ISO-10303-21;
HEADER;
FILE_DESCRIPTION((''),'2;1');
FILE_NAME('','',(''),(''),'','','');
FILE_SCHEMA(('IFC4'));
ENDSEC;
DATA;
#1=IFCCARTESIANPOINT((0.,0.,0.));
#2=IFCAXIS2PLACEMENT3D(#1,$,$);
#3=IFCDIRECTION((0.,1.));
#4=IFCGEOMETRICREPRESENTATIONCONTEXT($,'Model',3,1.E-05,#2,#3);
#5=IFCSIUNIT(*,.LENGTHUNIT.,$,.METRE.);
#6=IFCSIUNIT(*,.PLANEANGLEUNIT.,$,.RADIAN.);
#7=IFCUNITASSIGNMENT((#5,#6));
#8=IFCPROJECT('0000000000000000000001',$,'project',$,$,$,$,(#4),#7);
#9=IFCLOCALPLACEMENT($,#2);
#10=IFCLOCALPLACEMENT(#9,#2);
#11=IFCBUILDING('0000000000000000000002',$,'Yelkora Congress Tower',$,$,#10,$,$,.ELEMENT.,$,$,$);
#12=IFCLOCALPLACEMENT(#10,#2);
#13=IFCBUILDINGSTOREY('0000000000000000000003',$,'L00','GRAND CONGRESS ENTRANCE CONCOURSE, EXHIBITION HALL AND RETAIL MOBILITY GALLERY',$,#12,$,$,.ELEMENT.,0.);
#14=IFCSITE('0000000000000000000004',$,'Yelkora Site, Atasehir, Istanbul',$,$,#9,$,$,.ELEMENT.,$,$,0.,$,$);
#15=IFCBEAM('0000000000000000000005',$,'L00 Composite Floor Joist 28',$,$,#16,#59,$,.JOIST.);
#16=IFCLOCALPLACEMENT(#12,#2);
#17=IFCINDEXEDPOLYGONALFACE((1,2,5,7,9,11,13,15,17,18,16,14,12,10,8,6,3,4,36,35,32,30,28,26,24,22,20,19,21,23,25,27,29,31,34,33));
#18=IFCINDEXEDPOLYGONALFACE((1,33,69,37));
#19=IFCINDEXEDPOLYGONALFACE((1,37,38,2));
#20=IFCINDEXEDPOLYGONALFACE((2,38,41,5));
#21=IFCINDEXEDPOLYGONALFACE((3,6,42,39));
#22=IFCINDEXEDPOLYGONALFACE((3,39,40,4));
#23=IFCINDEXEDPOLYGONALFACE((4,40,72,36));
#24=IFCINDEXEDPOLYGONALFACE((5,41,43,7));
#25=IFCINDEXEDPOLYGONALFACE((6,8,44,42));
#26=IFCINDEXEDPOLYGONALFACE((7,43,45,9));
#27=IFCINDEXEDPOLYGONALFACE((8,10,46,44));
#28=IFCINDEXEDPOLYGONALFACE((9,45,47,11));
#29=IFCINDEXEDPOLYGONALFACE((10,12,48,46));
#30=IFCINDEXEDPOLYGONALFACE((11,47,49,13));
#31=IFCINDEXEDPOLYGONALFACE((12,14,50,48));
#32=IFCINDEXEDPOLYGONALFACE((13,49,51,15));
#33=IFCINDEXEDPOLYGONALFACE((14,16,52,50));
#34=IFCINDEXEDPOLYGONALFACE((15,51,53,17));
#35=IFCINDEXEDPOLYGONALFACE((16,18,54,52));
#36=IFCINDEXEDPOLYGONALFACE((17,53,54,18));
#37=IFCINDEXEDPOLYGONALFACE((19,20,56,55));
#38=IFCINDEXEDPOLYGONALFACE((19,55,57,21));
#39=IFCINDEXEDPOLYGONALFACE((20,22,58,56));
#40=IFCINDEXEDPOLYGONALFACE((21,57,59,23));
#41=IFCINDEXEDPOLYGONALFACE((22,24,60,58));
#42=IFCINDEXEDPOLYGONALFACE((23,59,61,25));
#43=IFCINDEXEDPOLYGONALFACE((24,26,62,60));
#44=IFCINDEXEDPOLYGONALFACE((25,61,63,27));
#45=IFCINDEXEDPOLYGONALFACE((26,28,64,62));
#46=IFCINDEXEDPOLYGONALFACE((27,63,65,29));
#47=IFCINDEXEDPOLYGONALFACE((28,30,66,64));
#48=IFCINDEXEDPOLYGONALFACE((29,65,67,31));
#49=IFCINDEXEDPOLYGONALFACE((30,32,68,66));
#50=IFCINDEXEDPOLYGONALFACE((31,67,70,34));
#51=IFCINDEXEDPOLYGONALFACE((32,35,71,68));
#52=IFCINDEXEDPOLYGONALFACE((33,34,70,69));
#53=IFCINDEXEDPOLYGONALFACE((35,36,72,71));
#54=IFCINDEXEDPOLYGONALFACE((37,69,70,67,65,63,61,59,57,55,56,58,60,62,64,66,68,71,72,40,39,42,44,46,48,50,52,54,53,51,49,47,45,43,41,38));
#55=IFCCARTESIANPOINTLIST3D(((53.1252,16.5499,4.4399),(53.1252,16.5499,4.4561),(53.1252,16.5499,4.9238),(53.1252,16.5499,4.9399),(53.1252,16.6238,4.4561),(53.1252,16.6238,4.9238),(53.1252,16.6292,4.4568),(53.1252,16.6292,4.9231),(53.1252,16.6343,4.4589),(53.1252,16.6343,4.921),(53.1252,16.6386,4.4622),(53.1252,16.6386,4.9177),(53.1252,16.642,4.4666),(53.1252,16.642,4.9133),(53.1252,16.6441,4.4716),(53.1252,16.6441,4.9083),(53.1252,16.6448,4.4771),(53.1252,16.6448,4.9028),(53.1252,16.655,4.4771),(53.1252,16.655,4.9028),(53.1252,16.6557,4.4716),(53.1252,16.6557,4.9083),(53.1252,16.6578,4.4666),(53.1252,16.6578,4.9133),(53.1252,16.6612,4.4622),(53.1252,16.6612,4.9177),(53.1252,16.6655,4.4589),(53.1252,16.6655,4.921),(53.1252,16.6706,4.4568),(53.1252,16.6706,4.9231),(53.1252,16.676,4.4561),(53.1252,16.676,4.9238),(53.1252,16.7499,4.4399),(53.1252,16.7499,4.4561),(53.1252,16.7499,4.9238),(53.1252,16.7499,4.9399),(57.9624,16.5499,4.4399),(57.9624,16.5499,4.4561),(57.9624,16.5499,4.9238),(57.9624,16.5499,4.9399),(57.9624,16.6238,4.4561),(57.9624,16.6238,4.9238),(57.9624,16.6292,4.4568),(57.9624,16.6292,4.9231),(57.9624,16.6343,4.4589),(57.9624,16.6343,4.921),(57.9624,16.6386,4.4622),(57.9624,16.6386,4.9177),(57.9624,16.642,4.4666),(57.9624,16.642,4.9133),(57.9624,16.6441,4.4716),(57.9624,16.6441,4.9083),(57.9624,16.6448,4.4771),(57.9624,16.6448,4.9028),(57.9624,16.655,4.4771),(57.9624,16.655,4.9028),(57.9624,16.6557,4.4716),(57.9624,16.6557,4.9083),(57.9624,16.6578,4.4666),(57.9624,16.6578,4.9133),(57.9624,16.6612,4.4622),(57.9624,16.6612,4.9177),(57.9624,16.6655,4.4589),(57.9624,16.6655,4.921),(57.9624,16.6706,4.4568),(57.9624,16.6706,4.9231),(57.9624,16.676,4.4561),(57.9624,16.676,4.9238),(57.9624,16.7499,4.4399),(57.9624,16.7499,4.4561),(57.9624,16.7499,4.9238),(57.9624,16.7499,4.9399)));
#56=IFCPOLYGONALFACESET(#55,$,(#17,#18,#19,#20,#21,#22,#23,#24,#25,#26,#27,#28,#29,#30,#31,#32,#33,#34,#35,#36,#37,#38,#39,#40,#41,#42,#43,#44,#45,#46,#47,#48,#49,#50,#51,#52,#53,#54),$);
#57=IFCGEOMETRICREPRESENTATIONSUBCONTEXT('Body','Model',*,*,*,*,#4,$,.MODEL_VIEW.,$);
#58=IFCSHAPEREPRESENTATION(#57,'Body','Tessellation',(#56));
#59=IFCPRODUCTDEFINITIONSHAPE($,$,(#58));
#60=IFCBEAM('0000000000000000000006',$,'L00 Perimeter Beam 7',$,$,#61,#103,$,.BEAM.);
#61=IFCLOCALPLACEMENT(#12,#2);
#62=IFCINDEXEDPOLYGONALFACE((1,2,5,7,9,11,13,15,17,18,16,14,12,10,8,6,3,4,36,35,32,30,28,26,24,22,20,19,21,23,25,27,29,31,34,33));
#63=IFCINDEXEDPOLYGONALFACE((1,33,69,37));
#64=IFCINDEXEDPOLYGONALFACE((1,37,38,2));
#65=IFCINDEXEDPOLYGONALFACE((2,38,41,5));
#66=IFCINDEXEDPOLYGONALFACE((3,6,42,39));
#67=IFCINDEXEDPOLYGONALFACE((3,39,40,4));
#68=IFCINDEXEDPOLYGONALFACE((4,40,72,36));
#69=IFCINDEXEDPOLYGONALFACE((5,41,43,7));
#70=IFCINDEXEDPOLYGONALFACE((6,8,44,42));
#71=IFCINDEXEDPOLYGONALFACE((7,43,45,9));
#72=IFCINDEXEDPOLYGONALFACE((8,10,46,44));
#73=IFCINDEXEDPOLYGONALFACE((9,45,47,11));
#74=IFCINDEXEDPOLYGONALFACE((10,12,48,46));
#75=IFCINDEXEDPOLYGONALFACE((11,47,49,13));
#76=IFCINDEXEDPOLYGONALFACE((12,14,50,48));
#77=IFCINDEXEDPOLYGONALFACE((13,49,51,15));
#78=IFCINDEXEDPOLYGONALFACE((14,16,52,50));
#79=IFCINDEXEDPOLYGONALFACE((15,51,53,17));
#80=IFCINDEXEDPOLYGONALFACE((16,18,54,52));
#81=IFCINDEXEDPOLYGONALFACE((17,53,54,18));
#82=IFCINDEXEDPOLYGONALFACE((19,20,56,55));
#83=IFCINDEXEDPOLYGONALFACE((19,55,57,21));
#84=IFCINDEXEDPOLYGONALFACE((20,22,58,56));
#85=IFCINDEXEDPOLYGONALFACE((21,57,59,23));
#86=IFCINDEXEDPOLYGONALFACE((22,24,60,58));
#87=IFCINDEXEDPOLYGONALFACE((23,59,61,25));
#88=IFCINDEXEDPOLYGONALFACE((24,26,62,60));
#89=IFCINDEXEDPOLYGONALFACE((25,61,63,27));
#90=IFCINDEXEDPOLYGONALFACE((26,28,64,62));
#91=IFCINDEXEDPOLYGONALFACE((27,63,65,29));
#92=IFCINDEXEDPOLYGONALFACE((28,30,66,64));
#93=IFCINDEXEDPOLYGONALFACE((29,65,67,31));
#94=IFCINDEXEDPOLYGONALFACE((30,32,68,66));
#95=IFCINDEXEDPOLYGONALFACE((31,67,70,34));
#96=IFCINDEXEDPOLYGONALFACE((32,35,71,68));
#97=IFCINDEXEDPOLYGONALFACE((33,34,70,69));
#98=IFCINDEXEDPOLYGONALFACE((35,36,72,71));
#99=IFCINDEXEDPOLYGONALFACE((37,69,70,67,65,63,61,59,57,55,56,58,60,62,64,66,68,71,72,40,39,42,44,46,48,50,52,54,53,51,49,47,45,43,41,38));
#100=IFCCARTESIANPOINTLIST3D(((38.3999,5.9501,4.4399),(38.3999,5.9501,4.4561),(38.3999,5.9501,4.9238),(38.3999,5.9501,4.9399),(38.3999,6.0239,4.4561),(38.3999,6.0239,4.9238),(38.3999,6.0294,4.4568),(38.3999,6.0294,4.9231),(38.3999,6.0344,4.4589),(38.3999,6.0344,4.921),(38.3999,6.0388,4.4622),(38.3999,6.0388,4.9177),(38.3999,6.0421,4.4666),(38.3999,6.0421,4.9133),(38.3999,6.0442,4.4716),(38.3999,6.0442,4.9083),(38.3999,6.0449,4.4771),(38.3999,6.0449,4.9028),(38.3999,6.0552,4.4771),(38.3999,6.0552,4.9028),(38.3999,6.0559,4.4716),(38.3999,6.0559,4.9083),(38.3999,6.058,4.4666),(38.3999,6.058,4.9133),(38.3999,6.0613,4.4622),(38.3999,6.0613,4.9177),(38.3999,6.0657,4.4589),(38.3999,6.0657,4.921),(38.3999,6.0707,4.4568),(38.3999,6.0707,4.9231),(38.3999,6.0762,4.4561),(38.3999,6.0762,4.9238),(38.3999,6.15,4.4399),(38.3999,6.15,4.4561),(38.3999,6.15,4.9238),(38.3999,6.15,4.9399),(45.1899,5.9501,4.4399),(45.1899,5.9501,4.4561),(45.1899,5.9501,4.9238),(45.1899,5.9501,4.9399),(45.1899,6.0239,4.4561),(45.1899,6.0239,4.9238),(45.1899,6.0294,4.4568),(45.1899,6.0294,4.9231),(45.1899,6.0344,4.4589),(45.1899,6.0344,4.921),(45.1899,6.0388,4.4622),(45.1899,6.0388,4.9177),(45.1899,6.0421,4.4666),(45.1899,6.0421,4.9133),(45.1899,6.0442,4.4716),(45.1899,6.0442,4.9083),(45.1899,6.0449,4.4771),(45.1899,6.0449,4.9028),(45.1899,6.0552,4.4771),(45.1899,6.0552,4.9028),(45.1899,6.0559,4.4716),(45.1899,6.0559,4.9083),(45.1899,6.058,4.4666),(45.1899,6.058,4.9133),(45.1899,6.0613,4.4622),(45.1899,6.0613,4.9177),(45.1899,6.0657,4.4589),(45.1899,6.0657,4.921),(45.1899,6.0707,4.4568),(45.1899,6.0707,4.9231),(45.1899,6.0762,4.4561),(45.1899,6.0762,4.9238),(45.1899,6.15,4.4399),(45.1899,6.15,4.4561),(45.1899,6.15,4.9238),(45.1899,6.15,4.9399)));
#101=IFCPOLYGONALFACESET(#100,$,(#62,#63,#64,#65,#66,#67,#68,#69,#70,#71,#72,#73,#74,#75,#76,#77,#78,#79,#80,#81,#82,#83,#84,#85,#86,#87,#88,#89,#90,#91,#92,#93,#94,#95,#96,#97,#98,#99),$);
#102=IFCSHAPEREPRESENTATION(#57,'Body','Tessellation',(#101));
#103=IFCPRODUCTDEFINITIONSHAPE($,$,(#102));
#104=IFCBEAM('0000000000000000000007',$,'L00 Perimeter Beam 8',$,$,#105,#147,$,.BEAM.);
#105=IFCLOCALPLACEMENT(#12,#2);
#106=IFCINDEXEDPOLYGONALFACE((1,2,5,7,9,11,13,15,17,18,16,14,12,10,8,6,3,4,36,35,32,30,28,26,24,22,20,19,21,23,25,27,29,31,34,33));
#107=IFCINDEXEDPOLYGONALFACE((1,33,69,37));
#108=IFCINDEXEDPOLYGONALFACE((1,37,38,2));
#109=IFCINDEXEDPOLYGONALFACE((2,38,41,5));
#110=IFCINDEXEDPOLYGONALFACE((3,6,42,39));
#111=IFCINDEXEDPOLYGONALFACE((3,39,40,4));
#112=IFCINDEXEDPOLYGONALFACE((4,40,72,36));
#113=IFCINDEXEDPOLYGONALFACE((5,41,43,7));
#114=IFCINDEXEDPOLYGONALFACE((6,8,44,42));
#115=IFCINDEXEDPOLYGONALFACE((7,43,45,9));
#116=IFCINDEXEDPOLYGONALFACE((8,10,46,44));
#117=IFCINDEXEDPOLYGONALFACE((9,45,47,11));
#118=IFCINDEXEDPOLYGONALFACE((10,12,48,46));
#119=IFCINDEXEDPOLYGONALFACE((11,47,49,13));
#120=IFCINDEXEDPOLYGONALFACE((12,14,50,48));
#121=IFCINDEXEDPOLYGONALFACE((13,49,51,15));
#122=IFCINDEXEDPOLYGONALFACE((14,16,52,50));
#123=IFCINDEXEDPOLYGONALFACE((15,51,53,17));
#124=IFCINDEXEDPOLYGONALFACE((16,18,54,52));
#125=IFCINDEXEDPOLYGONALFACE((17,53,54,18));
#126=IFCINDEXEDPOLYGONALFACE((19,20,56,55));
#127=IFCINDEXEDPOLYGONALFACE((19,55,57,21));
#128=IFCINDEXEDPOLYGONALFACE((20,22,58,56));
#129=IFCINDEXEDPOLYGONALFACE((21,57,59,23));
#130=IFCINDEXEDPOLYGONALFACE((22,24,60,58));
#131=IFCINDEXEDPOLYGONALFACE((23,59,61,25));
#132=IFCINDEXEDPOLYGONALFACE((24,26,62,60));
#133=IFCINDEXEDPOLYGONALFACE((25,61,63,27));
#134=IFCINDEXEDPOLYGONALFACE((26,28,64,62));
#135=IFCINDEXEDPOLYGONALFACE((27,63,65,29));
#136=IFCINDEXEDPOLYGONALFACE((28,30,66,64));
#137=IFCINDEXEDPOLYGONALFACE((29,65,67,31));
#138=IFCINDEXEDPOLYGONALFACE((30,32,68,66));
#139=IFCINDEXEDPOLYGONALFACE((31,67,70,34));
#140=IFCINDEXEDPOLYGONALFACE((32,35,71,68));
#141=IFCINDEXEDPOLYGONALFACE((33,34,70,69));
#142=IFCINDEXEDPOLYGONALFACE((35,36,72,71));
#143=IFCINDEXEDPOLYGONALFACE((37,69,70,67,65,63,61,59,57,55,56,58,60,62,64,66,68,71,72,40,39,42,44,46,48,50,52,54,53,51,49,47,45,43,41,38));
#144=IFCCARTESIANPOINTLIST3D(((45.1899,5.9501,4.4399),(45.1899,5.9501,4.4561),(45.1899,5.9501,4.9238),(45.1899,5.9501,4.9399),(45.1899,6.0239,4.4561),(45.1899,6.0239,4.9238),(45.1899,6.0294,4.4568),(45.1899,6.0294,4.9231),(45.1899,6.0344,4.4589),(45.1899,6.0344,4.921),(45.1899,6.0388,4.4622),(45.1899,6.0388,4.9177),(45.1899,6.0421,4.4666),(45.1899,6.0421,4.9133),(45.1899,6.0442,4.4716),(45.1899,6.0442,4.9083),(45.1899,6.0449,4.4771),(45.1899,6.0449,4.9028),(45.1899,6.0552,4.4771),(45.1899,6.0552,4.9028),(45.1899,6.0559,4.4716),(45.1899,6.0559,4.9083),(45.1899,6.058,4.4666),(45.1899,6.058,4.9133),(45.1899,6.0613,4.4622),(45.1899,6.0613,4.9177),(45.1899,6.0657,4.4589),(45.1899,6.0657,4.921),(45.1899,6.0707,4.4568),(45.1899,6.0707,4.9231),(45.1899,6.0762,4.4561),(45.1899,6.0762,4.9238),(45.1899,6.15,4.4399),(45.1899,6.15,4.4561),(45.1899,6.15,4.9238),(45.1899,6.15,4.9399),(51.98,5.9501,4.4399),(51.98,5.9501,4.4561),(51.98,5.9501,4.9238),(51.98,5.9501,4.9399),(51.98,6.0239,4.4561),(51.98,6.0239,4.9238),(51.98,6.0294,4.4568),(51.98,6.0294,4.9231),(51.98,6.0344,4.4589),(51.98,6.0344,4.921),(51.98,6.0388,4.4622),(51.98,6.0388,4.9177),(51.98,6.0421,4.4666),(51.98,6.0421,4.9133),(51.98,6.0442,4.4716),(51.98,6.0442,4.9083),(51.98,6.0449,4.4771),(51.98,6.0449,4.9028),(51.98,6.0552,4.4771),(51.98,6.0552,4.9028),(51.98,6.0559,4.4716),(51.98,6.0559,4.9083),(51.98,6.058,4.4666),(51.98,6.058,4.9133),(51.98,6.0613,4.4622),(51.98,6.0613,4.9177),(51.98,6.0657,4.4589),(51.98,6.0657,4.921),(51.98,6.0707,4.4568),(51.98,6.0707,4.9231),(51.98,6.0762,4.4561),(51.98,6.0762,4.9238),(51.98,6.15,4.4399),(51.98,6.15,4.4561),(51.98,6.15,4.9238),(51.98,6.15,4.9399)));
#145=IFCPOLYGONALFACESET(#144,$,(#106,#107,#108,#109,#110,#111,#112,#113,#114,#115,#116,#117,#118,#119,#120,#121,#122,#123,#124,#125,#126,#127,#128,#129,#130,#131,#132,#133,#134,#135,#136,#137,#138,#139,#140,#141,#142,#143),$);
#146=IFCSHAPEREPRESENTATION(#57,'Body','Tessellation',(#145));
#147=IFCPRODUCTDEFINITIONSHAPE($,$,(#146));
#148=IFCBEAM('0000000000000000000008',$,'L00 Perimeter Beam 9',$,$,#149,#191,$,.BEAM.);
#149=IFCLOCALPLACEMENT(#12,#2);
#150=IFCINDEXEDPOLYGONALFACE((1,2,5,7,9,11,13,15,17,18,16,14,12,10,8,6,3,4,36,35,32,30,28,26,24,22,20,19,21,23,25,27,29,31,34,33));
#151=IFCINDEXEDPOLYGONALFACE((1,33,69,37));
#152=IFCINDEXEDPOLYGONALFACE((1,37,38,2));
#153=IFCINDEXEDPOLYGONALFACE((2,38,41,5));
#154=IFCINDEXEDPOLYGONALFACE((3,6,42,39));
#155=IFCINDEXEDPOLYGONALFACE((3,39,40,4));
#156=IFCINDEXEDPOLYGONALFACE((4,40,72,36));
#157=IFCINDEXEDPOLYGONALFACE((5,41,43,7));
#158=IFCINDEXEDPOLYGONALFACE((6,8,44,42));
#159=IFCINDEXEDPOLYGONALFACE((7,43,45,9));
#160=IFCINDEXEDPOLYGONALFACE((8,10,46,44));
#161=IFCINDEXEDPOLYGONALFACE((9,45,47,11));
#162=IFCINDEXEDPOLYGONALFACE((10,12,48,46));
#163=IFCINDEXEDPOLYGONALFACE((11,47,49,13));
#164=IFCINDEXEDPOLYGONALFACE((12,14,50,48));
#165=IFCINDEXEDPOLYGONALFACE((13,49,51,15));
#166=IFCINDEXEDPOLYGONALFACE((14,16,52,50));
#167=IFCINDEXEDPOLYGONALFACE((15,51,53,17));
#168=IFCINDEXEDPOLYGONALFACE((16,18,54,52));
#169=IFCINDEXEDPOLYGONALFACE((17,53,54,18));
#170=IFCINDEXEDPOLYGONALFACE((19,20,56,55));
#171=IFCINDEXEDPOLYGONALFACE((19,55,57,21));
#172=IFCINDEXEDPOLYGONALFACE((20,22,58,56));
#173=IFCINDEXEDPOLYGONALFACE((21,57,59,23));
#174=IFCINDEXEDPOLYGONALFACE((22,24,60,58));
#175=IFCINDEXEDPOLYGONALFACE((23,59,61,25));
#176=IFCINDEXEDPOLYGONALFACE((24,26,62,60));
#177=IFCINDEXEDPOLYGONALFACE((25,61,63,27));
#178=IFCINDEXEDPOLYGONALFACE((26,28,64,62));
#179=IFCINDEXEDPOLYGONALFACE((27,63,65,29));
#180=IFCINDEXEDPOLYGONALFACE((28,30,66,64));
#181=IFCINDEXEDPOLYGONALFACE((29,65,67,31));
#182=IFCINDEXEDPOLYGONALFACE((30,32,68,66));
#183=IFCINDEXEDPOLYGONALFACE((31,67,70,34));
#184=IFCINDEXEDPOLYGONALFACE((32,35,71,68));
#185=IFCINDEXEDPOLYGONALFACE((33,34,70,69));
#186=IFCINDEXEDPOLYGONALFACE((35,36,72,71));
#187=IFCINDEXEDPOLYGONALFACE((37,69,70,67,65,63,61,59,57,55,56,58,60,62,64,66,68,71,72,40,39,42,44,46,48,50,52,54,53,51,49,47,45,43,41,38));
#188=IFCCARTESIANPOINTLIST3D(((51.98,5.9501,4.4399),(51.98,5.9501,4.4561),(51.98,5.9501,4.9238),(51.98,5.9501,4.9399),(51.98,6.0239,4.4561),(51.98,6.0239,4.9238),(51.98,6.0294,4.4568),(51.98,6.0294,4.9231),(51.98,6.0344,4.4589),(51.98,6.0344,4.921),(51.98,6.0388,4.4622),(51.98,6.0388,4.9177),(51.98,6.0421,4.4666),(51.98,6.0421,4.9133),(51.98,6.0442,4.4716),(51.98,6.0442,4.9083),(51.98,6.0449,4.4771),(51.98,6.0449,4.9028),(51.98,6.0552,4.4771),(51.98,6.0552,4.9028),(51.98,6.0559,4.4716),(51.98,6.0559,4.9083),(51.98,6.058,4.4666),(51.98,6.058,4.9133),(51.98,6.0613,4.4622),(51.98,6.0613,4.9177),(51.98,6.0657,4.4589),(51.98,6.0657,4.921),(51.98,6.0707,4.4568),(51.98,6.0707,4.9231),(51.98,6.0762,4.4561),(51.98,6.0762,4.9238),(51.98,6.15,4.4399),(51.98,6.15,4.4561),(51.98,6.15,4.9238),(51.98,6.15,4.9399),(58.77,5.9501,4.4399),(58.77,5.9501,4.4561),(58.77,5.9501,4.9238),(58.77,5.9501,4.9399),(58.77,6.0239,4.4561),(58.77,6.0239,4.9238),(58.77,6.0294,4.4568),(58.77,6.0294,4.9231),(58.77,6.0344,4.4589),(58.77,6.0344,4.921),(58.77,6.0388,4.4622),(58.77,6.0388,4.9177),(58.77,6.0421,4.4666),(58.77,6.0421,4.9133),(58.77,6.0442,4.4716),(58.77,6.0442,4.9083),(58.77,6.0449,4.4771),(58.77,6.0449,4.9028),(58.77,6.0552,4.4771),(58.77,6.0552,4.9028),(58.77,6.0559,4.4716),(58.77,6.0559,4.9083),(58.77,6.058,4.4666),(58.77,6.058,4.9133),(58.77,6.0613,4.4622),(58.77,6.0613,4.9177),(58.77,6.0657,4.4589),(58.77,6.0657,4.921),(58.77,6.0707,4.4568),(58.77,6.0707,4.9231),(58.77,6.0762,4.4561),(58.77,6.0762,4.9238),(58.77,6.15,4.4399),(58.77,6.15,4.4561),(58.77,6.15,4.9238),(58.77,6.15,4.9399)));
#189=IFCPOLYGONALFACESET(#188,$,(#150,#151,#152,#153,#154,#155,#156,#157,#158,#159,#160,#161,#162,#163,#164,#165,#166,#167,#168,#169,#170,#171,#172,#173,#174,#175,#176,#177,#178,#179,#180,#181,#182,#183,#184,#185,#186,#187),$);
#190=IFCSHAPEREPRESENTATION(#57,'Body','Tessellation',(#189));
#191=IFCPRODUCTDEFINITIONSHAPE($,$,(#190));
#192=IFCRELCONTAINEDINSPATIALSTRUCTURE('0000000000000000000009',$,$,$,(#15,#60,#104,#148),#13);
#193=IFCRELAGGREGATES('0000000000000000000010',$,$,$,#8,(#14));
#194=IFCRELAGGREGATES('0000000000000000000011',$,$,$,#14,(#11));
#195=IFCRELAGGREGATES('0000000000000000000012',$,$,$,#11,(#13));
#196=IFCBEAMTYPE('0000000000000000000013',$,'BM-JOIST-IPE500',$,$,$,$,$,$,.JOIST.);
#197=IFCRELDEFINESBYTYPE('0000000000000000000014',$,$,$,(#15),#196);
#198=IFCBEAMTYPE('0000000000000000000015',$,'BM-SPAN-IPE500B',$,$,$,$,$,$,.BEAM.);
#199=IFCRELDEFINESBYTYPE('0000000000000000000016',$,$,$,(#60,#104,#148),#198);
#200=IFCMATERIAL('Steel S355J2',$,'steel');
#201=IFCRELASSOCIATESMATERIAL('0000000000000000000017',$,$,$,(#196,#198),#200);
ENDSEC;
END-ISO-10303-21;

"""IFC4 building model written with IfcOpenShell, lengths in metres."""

from ifc_helpers import new_model, si_unit, direction, frame, origin, origin_2d, place, context, subcontext, project, spatial, i_section, extrude, material, material_profile, profile_set, type_object, element, save


model = new_model("IFC4")

# Units and contexts
model_context = context("Model", 3, precision=1e-05, world=origin(), true_north=direction((0.0, 1.0)))
body_context = subcontext(model_context, "Body", "Model", "MODEL_VIEW")
ifc_project = project(units=[si_unit("LENGTHUNIT", "METRE"), si_unit("PLANEANGLEUNIT", "RADIAN")], contexts=[model_context])

# Site, building, storey
site_placement = place(None, origin())
site = spatial("IfcSite", under=ifc_project, at=site_placement, Name="Yelkora Site, Atasehir, Istanbul", CompositionType="ELEMENT", RefElevation=0.0)
building_placement = place(site_placement, origin())
building = spatial("IfcBuilding", under=site, at=building_placement, Name="Yelkora Congress Tower", CompositionType="ELEMENT")
storey_placement = place(building_placement, origin())
storey = spatial("IfcBuildingStorey", under=building, at=storey_placement, Name="L00", Description="GRAND CONGRESS ENTRANCE CONCOURSE, EXHIBITION HALL AND RETAIL MOBILITY GALLERY", CompositionType="ELEMENT", Elevation=0.0)

# Beams
ifc_material_1 = material(Name="Steel S355J2", Category="steel")
ifc_material_profile_1 = material_profile(ifc_material_1, i_section(OverallWidth=0.2, OverallDepth=0.5, WebThickness=0.0103, FlangeThickness=0.0161, FilletRadius=0.021, at=origin_2d()), Name="IPE 500")
ifc_profile_set_1 = profile_set([ifc_material_profile_1], Name="Steel S355J2")
beam_type_1 = type_object("IfcBeamType", Name="BM-JOIST-IPE500", PredefinedType="JOIST", material=ifc_profile_set_1)
beam_1_placement = place(storey_placement, frame((53.1252, 16.6499, 4.6899), z_axis=(1.0, 0.0, 0.0), x_axis=(0.0, 1.0, 0.0)))
element("IfcBeam", 1, at=beam_1_placement, inside=storey, type_object=beam_type_1, Name="L00 Composite Floor Joist 28", PredefinedType="JOIST", context=body_context, shape_type="SweptSolid", body=[
    extrude(i_section(OverallWidth=0.2, OverallDepth=0.5, WebThickness=0.0103, FlangeThickness=0.0161, FilletRadius=0.021, at=origin_2d()), origin(), (0.0, 0.0, 1.0), 4.8372),
])
ifc_material_profile_2 = material_profile(ifc_material_1, i_section(OverallWidth=0.2, OverallDepth=0.5, WebThickness=0.0103, FlangeThickness=0.0161, FilletRadius=0.021, at=origin_2d()), Name="IPE 500")
ifc_profile_set_2 = profile_set([ifc_material_profile_2], Name="Steel S355J2")
beam_type_2 = type_object("IfcBeamType", Name="BM-SPAN-IPE500B", PredefinedType="BEAM", material=ifc_profile_set_2)
for number, where, z_axis, x_axis, name in (
    (2, (38.3999, 6.05, 4.6899), (1.0, 0.0, 0.0), (0.0, 1.0, 0.0), "L00 Perimeter Beam 7"),
    (3, (45.1899, 6.05, 4.6899), (1.0, 0.0, 0.0), (0.0, 1.0, 0.0), "L00 Perimeter Beam 8"),
    (4, (51.98, 6.05, 4.6899), (1.0, 0.0, 0.0), (0.0, 1.0, 0.0), "L00 Perimeter Beam 9"),
):
    element("IfcBeam", number, at=place(storey_placement, frame(where, z_axis=z_axis, x_axis=x_axis)), inside=storey, type_object=beam_type_2, Name=name, PredefinedType="BEAM", context=body_context, shape_type="SweptSolid", body=[
        extrude(i_section(OverallWidth=0.2, OverallDepth=0.5, WebThickness=0.0103, FlangeThickness=0.0161, FilletRadius=0.021, at=origin_2d()), origin(), (0.0, 0.0, 1.0), 6.79),
    ])

save(model, "model.ifc")
